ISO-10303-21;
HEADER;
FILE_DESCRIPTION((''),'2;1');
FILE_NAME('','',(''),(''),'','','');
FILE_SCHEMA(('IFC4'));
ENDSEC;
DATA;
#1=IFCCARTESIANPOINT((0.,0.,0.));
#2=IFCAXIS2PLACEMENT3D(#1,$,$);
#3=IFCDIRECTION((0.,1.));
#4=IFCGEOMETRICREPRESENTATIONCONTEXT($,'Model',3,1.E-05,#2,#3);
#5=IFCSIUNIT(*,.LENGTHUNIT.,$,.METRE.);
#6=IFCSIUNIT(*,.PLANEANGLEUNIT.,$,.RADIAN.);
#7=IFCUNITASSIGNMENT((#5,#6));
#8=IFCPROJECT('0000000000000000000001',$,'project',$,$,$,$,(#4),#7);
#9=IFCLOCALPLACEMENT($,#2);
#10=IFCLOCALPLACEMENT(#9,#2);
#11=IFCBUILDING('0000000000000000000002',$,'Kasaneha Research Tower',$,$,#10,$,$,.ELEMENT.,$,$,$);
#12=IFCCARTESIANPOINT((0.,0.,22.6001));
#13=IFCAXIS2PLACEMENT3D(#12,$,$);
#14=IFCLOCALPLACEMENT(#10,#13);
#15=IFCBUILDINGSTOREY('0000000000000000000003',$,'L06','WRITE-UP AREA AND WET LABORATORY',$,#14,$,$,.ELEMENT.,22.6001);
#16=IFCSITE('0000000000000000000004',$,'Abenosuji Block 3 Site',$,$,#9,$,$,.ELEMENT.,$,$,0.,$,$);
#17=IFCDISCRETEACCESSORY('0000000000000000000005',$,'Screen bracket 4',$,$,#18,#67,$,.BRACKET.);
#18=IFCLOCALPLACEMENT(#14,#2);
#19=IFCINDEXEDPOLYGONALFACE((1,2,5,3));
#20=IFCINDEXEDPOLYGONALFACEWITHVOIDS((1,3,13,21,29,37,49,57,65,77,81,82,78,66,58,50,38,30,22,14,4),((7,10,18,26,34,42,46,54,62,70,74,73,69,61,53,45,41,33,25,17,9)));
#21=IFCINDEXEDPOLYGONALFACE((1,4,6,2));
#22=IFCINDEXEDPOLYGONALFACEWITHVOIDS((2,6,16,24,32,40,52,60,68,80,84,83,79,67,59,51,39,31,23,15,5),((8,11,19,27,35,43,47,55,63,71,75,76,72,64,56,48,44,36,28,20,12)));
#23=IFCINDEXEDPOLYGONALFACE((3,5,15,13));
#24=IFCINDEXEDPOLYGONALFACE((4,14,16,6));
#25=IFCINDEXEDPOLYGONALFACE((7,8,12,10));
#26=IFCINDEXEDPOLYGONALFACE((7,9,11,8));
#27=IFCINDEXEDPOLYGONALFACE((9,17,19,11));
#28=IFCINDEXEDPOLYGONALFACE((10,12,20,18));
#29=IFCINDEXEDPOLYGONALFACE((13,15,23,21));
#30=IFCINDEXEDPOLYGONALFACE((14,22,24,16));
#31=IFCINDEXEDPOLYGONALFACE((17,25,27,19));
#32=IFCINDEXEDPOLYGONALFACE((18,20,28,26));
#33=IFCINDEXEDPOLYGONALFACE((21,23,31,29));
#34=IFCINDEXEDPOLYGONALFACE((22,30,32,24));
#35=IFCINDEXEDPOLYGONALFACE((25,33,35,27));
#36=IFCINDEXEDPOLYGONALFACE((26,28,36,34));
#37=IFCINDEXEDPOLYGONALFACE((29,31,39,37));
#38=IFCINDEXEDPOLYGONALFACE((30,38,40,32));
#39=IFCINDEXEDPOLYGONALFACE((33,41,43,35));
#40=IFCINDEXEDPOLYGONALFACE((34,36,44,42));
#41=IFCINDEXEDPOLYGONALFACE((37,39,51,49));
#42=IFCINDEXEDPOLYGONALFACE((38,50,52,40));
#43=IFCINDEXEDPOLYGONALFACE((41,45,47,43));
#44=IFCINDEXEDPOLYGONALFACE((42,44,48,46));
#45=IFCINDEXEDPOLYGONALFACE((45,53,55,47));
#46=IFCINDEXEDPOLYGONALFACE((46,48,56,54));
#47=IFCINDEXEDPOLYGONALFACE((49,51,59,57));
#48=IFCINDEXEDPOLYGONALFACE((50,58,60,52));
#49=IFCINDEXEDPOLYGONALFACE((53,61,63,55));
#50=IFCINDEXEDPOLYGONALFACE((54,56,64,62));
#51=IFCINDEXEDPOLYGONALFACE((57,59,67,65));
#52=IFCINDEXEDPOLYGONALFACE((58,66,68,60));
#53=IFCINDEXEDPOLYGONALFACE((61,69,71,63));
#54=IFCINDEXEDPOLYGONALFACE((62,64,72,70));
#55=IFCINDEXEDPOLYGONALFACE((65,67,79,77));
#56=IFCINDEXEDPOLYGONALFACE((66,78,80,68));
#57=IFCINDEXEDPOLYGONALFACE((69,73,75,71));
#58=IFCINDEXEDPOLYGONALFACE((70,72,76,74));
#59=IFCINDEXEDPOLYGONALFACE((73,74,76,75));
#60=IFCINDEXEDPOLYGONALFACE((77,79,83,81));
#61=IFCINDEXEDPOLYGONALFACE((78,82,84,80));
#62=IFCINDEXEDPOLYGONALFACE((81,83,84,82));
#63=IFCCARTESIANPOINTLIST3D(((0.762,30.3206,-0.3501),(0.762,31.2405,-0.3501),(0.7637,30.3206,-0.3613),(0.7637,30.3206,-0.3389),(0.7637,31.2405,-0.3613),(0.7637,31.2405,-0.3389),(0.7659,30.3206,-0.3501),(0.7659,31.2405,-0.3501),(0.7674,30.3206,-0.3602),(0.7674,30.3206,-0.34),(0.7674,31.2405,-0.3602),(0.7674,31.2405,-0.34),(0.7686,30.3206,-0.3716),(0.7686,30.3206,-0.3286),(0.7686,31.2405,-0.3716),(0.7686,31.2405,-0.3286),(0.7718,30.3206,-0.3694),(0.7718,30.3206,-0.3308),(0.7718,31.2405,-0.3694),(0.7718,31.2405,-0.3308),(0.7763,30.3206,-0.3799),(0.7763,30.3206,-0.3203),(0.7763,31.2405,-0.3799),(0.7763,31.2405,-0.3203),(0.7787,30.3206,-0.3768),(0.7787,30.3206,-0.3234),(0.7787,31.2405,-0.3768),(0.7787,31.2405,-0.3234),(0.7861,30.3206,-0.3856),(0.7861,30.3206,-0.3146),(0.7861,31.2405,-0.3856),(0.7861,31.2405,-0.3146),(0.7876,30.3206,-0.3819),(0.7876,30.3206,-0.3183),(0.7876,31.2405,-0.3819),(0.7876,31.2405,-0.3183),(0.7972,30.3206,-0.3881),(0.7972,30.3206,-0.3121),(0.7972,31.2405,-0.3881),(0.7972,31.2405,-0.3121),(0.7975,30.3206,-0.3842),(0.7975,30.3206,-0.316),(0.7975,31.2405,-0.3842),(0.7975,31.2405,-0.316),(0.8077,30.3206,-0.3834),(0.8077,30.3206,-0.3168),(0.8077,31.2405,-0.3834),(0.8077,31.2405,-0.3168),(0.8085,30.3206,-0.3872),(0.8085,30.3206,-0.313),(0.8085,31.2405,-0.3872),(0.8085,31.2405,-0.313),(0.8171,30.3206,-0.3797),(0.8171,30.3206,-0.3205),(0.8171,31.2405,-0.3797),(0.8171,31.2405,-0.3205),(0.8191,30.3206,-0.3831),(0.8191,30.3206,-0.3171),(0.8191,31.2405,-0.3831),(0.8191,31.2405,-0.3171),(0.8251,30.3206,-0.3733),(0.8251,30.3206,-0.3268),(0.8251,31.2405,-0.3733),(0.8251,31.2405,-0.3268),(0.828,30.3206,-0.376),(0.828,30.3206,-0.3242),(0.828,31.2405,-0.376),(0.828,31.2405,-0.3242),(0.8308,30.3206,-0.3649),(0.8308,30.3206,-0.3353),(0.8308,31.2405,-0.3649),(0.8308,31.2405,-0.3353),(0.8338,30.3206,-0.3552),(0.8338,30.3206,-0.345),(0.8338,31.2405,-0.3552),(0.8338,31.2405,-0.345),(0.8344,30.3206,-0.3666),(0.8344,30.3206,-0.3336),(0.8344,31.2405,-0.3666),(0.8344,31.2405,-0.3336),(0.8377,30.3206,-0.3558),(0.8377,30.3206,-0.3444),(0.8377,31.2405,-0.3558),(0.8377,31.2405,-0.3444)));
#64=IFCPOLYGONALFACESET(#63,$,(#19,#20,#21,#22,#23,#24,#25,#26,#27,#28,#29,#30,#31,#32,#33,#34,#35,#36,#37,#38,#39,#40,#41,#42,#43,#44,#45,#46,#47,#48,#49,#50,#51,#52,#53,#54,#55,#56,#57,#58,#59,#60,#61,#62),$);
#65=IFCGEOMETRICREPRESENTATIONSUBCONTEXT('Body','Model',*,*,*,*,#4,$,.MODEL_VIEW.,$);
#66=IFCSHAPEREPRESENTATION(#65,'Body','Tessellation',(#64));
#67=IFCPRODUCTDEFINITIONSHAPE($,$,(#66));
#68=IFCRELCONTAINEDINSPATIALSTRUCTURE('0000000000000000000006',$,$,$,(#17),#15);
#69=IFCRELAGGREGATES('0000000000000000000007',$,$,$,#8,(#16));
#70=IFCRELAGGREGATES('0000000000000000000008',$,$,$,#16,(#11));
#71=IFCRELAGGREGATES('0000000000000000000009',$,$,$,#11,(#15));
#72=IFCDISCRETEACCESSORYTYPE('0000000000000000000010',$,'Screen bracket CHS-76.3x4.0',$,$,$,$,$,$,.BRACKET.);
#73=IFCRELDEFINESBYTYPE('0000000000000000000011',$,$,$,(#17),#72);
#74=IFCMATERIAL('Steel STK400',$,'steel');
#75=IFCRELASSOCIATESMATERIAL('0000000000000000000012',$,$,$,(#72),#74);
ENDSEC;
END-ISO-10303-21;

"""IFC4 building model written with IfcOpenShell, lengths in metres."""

from ifc_helpers import new_model, si_unit, direction, frame, origin, origin_2d, place, context, subcontext, project, spatial, hollow_circle, extrude, material, material_profile, profile_set, type_object, element, save


model = new_model("IFC4")

# Units and contexts
model_context = context("Model", 3, precision=1e-05, world=origin(), true_north=direction((0.0, 1.0)))
body_context = subcontext(model_context, "Body", "Model", "MODEL_VIEW")
ifc_project = project(units=[si_unit("LENGTHUNIT", "METRE"), si_unit("PLANEANGLEUNIT", "RADIAN")], contexts=[model_context])

# Site, building, storey
site_placement = place(None, origin())
site = spatial("IfcSite", under=ifc_project, at=site_placement, Name="Abenosuji Block 3 Site", CompositionType="ELEMENT", RefElevation=0.0)
building_placement = place(site_placement, origin())
building = spatial("IfcBuilding", under=site, at=building_placement, Name="Kasaneha Research Tower", CompositionType="ELEMENT")
storey_placement = place(building_placement, frame((0.0, 0.0, 22.6001)))
storey = spatial("IfcBuildingStorey", under=building, at=storey_placement, Name="L06", Description="WRITE-UP AREA AND WET LABORATORY", CompositionType="ELEMENT", Elevation=22.6001)

# Discrete accessory
ifc_material_1 = material(Name="Steel STK400", Category="steel")
ifc_material_profile_1 = material_profile(ifc_material_1, hollow_circle(Radius=0.0381, WallThickness=0.0039, at=origin_2d()), Name="CHS-76.3x4.0")
ifc_profile_set_1 = profile_set([ifc_material_profile_1], Name="Steel STK400")
discrete_accessory_type = type_object("IfcDiscreteAccessoryType", Name="Screen bracket CHS-76.3x4.0", PredefinedType="BRACKET", material=ifc_profile_set_1)
for number, where, z_axis, x_axis, name in (
    (1, (0.8, 30.3206, -0.3501), (0.0, 1.0, 0.0), (-1.0, 0.0, 0.0), "Screen bracket 4"),
):
    element("IfcDiscreteAccessory", number, at=place(storey_placement, frame(where, z_axis=z_axis, x_axis=x_axis)), inside=storey, type_object=discrete_accessory_type, Name=name, PredefinedType="BRACKET", context=body_context, shape_type="SweptSolid", body=[
        extrude(hollow_circle(Radius=0.0381, WallThickness=0.0039, at=origin_2d()), origin(), (0.0, 0.0, 1.0), 0.9199),
    ])

save(model, "model.ifc")
